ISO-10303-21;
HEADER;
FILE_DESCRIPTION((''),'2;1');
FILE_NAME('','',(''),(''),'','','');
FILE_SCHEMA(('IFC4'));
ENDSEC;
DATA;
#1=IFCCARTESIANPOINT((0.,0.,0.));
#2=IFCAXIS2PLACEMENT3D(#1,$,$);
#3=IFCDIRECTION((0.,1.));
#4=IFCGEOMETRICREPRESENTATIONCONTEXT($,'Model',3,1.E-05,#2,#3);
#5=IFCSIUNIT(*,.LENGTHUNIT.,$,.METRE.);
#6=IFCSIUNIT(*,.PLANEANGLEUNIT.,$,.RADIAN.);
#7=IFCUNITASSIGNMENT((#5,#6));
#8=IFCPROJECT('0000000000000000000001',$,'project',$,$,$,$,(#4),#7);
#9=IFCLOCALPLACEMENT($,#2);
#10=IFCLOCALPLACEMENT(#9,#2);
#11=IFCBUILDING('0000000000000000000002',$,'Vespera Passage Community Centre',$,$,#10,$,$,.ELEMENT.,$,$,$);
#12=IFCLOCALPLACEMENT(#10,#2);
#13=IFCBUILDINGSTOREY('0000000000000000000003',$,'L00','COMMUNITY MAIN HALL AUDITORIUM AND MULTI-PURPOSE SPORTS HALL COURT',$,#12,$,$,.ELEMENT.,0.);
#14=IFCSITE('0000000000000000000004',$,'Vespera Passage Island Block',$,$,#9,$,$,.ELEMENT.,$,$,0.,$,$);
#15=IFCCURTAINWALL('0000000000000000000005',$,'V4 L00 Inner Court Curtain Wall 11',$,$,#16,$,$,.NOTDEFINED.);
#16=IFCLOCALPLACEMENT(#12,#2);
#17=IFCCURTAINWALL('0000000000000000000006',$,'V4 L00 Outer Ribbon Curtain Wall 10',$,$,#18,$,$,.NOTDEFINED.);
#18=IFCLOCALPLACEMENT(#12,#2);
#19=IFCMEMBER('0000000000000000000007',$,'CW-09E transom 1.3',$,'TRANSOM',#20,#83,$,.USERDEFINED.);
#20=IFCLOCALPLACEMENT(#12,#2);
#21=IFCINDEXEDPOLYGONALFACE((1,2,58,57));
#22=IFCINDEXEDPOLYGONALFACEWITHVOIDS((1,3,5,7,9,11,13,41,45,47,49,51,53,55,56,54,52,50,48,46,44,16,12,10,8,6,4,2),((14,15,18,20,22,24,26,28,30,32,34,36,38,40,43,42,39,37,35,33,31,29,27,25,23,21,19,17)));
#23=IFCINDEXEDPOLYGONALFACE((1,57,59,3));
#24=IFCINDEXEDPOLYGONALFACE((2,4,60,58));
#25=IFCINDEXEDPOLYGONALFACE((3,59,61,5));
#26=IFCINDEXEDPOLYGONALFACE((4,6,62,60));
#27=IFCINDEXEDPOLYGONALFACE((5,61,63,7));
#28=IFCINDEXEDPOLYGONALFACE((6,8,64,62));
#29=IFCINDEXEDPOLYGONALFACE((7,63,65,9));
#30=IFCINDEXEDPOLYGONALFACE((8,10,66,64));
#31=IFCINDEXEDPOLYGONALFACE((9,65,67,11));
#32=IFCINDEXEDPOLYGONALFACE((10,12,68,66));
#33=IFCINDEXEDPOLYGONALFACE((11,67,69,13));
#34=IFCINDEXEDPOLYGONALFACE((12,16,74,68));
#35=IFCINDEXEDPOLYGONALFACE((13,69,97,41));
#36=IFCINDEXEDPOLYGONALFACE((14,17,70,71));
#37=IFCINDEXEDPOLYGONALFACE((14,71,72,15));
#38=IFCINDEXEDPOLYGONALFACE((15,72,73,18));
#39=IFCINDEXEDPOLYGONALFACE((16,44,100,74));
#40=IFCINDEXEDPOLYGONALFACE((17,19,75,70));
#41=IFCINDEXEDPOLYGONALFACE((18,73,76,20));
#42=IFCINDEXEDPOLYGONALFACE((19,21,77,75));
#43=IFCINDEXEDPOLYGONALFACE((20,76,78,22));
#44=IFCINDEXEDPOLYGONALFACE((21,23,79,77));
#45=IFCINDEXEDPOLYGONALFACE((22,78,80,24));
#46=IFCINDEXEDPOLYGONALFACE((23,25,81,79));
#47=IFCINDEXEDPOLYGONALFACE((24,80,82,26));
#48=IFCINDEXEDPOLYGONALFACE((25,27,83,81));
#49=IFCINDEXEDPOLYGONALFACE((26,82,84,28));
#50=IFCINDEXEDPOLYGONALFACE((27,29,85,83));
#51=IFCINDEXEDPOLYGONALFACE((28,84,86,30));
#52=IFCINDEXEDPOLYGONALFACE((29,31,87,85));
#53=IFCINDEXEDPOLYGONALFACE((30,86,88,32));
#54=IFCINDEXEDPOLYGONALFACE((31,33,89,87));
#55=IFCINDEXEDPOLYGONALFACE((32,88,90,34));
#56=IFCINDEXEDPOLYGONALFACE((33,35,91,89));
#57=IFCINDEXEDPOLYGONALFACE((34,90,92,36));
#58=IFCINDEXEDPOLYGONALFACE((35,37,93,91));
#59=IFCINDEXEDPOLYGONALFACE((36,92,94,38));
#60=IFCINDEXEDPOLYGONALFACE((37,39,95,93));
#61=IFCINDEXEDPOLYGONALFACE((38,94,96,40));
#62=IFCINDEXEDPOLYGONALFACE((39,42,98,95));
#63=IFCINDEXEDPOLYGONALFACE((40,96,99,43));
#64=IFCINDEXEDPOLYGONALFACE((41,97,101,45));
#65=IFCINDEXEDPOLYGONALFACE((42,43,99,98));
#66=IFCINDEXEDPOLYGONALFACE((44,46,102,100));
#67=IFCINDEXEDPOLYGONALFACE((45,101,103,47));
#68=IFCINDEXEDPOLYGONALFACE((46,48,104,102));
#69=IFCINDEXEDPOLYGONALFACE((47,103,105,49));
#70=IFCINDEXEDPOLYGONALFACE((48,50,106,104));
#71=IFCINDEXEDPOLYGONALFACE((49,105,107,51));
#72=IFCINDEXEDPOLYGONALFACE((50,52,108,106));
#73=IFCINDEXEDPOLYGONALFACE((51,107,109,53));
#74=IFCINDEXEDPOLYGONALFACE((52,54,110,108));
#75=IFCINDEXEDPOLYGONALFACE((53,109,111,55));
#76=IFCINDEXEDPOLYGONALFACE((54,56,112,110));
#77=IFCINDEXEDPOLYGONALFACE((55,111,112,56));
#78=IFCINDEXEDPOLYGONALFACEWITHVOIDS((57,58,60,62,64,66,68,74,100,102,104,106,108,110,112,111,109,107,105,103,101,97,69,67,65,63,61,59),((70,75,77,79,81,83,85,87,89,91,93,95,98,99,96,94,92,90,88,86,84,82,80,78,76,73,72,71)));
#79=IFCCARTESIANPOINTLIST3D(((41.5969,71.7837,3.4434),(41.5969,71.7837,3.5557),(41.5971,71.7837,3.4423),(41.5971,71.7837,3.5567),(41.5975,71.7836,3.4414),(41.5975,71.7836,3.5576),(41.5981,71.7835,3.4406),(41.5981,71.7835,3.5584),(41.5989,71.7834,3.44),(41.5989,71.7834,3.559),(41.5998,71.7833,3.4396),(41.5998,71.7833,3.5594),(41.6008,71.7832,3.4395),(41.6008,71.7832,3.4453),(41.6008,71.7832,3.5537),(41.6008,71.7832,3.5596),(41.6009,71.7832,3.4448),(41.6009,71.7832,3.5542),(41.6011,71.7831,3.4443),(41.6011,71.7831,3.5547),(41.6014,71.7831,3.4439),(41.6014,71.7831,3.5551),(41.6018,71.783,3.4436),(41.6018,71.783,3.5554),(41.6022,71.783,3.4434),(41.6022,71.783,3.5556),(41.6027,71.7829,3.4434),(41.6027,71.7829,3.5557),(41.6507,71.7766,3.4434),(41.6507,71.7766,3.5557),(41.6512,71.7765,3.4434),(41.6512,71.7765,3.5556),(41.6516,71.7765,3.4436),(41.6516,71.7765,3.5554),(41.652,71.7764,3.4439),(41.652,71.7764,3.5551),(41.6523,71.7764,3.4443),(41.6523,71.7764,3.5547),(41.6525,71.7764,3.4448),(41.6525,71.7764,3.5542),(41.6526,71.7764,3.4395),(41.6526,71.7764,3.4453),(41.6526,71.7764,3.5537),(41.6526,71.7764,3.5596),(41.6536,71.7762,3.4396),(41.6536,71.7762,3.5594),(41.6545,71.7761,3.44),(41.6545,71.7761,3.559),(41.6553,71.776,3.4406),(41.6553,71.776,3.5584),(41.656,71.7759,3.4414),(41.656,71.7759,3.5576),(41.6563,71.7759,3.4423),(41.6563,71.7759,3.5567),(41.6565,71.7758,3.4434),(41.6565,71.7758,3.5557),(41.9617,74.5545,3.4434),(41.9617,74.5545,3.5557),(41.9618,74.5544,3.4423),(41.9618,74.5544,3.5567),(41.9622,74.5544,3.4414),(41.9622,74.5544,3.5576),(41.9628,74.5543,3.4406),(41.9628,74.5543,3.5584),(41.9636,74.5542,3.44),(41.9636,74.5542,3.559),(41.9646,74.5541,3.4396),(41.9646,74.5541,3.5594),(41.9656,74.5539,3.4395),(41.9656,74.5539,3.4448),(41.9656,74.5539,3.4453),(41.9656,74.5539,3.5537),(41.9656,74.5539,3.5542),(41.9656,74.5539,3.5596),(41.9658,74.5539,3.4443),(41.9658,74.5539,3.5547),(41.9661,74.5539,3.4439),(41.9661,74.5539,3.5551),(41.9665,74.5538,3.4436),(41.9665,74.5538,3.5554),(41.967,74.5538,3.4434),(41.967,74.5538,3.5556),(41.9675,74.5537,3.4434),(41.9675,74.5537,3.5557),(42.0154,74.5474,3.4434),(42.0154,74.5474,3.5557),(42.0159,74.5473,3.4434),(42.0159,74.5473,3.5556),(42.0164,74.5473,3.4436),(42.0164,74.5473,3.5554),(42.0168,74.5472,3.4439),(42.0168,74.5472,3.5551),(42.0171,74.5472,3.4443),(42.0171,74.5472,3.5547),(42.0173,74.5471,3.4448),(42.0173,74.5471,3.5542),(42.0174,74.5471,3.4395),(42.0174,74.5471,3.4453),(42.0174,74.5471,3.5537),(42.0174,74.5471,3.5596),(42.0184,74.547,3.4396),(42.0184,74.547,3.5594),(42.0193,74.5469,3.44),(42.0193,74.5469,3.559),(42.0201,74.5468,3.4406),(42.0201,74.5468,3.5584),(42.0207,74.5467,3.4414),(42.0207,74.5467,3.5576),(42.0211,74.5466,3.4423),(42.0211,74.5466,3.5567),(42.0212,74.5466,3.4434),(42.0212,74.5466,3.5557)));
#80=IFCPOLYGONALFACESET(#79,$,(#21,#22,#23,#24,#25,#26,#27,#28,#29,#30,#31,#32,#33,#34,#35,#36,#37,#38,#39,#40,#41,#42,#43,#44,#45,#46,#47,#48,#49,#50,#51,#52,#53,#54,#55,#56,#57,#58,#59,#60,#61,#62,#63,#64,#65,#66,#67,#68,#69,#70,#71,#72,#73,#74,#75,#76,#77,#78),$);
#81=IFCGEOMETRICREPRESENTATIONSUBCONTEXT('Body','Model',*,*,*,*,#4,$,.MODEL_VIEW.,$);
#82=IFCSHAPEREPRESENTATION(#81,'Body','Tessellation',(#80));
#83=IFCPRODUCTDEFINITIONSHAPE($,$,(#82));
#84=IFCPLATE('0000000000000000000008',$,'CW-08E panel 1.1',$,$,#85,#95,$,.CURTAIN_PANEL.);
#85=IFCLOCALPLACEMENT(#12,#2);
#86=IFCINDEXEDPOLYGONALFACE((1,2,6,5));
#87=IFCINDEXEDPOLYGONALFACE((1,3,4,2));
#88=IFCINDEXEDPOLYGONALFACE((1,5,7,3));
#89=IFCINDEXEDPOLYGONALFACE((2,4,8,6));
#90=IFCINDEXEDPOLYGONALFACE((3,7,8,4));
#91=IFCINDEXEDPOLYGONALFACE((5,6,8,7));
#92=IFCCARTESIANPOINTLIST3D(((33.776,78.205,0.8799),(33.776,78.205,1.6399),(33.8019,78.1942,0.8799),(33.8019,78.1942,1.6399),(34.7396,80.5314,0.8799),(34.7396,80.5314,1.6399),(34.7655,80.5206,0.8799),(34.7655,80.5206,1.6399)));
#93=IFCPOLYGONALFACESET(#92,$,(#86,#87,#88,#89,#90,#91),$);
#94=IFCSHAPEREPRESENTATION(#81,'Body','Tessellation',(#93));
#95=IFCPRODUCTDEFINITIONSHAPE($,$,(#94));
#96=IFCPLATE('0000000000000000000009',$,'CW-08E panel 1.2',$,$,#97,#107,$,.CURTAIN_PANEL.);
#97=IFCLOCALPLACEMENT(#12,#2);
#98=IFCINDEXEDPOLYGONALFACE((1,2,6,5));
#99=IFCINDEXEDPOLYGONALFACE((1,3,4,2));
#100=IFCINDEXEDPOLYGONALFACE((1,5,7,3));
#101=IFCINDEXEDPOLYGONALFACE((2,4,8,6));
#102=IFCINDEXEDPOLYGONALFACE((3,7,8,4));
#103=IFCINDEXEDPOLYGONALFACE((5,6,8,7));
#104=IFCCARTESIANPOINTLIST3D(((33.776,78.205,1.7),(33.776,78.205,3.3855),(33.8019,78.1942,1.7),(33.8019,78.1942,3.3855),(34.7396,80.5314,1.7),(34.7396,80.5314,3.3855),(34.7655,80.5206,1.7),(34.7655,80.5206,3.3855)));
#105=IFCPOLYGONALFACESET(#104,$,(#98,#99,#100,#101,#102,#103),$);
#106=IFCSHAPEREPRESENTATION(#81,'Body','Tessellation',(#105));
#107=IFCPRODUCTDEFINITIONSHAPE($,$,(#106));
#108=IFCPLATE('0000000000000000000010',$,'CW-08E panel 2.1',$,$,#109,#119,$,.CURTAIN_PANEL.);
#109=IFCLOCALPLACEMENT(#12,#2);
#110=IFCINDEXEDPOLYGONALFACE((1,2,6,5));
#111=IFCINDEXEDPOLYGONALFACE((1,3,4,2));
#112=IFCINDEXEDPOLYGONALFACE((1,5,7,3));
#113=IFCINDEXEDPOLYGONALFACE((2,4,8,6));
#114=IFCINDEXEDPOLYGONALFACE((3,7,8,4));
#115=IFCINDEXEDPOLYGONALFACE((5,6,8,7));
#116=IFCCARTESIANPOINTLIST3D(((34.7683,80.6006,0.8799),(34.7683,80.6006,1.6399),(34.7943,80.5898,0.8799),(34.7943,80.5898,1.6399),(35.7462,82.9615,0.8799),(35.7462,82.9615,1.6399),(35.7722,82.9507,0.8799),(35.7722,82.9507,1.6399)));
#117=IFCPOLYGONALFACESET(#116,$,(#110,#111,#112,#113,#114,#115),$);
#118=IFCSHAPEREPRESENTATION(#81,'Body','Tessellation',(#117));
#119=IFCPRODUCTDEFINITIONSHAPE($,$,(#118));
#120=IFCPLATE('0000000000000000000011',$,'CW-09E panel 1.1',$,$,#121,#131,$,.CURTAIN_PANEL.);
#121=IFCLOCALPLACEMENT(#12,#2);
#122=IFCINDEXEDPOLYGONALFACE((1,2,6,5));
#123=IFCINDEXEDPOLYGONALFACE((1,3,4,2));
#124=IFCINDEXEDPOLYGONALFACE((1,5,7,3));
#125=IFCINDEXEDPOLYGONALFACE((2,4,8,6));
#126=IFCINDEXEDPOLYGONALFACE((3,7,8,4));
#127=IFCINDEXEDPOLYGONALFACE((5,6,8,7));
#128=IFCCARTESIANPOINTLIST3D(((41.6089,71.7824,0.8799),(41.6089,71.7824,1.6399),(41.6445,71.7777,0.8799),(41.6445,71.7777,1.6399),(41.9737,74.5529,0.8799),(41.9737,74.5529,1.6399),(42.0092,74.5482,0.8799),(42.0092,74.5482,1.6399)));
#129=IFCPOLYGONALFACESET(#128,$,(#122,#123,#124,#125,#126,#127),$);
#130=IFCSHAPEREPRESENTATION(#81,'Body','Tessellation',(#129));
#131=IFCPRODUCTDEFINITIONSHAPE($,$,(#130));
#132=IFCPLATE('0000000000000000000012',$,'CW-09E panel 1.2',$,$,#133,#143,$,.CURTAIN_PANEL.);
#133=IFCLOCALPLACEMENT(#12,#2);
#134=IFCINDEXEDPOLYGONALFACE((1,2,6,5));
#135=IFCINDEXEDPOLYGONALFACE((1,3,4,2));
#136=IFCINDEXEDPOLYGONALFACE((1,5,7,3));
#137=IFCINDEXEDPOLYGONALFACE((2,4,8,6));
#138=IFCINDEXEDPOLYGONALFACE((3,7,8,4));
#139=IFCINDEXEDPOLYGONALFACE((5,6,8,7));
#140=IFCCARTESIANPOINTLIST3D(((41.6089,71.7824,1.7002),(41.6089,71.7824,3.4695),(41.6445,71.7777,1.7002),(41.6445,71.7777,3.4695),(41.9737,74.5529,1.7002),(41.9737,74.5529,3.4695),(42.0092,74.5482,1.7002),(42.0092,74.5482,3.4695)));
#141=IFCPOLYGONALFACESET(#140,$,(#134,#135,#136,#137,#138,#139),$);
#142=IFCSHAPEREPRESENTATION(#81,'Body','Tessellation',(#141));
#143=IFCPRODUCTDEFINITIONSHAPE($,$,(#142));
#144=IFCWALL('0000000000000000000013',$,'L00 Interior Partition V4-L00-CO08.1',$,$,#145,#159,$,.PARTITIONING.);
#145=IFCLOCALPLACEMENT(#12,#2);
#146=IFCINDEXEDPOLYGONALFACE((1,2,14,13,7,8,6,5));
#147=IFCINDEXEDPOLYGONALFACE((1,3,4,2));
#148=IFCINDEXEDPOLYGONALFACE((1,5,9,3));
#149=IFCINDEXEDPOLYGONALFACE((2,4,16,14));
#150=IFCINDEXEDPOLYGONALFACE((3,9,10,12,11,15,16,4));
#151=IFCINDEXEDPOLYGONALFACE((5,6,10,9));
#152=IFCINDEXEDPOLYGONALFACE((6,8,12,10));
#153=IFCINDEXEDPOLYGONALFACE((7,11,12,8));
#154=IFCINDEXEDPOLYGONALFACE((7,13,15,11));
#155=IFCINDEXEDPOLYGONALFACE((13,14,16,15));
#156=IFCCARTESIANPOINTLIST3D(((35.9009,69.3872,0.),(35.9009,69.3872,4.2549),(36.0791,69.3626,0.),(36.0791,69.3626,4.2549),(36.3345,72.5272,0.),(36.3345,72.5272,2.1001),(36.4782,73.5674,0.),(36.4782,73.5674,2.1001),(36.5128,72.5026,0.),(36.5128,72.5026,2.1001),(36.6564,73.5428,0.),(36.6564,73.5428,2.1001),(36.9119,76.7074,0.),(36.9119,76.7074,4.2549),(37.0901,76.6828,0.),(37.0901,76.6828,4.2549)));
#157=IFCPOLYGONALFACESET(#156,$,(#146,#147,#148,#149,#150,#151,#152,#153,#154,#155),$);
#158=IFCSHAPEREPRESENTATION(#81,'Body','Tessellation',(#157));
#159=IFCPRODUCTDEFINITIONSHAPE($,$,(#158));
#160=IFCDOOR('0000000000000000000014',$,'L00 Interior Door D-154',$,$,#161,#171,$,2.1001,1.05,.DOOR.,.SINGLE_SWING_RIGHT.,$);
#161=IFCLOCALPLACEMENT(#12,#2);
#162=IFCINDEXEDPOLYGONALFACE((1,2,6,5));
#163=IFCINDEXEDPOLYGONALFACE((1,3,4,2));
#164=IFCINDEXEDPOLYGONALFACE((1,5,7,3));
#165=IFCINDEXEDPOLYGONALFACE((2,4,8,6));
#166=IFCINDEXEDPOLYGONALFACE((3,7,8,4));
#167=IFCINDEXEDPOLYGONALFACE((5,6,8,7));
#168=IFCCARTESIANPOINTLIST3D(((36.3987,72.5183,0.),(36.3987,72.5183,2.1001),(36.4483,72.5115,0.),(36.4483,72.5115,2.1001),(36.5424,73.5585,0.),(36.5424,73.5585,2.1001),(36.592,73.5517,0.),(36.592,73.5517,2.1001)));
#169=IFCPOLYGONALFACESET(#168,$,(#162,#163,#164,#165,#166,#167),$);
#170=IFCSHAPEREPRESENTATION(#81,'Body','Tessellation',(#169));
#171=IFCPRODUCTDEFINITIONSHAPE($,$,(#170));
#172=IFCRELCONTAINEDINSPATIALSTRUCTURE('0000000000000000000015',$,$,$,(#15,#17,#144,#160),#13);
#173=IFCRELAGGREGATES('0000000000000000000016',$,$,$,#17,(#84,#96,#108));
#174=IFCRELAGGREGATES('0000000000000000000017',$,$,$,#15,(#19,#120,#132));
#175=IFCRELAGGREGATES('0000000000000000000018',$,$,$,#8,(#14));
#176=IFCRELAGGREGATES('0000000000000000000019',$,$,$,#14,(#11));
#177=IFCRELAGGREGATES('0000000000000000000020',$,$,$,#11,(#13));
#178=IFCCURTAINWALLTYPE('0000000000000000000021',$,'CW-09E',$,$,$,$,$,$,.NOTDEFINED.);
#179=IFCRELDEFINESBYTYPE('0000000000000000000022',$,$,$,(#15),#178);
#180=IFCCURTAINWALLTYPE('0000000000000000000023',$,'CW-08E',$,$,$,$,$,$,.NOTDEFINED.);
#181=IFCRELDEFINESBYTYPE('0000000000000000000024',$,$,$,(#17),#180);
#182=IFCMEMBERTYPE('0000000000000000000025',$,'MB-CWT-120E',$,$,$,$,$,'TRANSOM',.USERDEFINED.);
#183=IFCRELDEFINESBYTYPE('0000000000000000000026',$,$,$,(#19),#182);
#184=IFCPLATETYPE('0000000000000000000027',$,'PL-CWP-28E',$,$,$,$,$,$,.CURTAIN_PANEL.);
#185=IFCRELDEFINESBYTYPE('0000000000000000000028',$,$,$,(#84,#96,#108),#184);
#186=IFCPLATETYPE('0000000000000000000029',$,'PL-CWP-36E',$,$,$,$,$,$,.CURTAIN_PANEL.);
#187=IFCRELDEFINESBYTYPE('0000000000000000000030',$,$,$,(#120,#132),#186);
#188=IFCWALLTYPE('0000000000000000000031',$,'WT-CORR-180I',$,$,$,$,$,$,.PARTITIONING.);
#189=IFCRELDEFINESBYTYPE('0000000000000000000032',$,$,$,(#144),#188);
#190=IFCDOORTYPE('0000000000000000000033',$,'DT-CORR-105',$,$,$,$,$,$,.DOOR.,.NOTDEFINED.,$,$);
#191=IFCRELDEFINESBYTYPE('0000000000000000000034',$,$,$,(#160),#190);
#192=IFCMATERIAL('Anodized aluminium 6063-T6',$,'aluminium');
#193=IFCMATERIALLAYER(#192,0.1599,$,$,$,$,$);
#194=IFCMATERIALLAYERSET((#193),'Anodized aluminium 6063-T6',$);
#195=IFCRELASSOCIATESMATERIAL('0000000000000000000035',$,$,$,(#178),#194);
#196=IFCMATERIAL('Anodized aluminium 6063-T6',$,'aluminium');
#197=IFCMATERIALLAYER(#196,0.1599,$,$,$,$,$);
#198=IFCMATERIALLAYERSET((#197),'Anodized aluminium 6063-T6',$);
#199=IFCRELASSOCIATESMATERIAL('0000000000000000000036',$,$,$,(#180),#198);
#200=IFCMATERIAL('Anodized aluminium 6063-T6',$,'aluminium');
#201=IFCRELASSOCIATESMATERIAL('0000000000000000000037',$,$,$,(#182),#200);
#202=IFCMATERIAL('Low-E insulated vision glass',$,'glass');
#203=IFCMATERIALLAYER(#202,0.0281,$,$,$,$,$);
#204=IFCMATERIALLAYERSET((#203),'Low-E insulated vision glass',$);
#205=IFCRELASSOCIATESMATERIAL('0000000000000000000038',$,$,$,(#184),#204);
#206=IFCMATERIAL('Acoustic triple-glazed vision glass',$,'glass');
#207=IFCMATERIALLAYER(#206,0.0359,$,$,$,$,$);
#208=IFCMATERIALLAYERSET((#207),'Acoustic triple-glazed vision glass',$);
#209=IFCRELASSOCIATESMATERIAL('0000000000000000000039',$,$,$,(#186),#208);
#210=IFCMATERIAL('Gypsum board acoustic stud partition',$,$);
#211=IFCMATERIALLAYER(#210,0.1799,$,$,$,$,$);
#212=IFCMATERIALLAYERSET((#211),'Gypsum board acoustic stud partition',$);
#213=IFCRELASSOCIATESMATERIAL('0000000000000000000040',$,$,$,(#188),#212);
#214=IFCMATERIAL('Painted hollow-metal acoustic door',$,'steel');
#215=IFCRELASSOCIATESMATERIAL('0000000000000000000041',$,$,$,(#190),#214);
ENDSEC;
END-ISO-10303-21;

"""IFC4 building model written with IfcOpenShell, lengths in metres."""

from ifc_helpers import new_model, si_unit, direction, frame, frame_2d, origin, origin_2d, place, context, subcontext, project, spatial, rectangle, hollow_rectangle, extrude, material, layer, layer_set, material_profile, profile_set, type_object, element, fill, aggregate, save


model = new_model("IFC4")

# Units and contexts
model_context = context("Model", 3, precision=1e-05, world=origin(), true_north=direction((0.0, 1.0)))
body_context = subcontext(model_context, "Body", "Model", "MODEL_VIEW")
ifc_project = project(units=[si_unit("LENGTHUNIT", "METRE"), si_unit("PLANEANGLEUNIT", "RADIAN")], contexts=[model_context])

# Site, building, storey
site_placement = place(None, origin())
site = spatial("IfcSite", under=ifc_project, at=site_placement, Name="Vespera Passage Island Block", CompositionType="ELEMENT", RefElevation=0.0)
building_placement = place(site_placement, origin())
building = spatial("IfcBuilding", under=site, at=building_placement, Name="Vespera Passage Community Centre", CompositionType="ELEMENT")
storey_placement = place(building_placement, origin())
storey = spatial("IfcBuildingStorey", under=building, at=storey_placement, Name="L00", Description="COMMUNITY MAIN HALL AUDITORIUM AND MULTI-PURPOSE SPORTS HALL COURT", CompositionType="ELEMENT", Elevation=0.0)

# Curtain walls
ifc_material_1 = material(Name="Anodized aluminium 6063-T6", Category="aluminium")
ifc_layer_1 = layer(ifc_material_1, 0.1599)
ifc_layer_set_1 = layer_set([ifc_layer_1], Name="Anodized aluminium 6063-T6")
curtain_wall_type_1 = type_object("IfcCurtainWallType", Name="CW-09E", PredefinedType="NOTDEFINED", material=ifc_layer_set_1)
curtain_wall_1_placement = place(storey_placement, origin())
curtain_wall_1 = element("IfcCurtainWall", 1, at=curtain_wall_1_placement, inside=storey, type_object=curtain_wall_type_1, Name="V4 L00 Inner Court Curtain Wall 11", PredefinedType="NOTDEFINED")
ifc_material_2 = material(Name="Anodized aluminium 6063-T6", Category="aluminium")
ifc_layer_2 = layer(ifc_material_2, 0.1599)
ifc_layer_set_2 = layer_set([ifc_layer_2], Name="Anodized aluminium 6063-T6")
curtain_wall_type_2 = type_object("IfcCurtainWallType", Name="CW-08E", PredefinedType="NOTDEFINED", material=ifc_layer_set_2)
curtain_wall_2_placement = place(storey_placement, origin())
curtain_wall_2 = element("IfcCurtainWall", 2, at=curtain_wall_2_placement, inside=storey, type_object=curtain_wall_type_2, Name="V4 L00 Outer Ribbon Curtain Wall 10", PredefinedType="NOTDEFINED")
ifc_material_3 = material(Name="Anodized aluminium 6063-T6", Category="aluminium")
ifc_material_profile_1 = material_profile(ifc_material_3, hollow_rectangle(XDim=0.0601, YDim=0.1201, WallThickness=0.0039, InnerFilletRadius=0.002, OuterFilletRadius=0.0039, at=origin_2d()), Name="ALU120X60X4")
ifc_profile_set_1 = profile_set([ifc_material_profile_1], Name="Anodized aluminium 6063-T6")
member_type_1 = type_object("IfcMemberType", Name="MB-CWT-120E", ElementType="TRANSOM", PredefinedType="USERDEFINED", material=ifc_profile_set_1)

# Member
member_1_placement = place(storey_placement, frame((41.9915, 74.5505, 3.4995), z_axis=(-0.130516, -0.991446, 0.0), x_axis=(0.991446, -0.130516, 0.0)))
member_1 = element("IfcMember", 3, at=member_1_placement, type_object=member_type_1, Name="CW-09E transom 1.3", ObjectType="TRANSOM", PredefinedType="USERDEFINED", context=body_context, shape_type="SweptSolid", body=[
    extrude(hollow_rectangle(XDim=0.0601, YDim=0.1201, WallThickness=0.0039, InnerFilletRadius=0.002, OuterFilletRadius=0.0039, at=origin_2d()), origin(), (0.0, 0.0, 1.0), 2.7947),
])

# Plates
ifc_material_4 = material(Name="Low-E insulated vision glass", Category="glass")
ifc_layer_3 = layer(ifc_material_4, 0.0281)
ifc_layer_set_3 = layer_set([ifc_layer_3], Name="Low-E insulated vision glass")
plate_type_1 = type_object("IfcPlateType", Name="PL-CWP-28E", PredefinedType="CURTAIN_PANEL", material=ifc_layer_set_3)
plate_1_placement = place(storey_placement, frame((34.2708, 79.3628, 0.8799), z_axis=(0.0, 0.0, 1.0), x_axis=(0.382679, 0.923881, 0.0)))
plate_1 = element("IfcPlate", 4, at=plate_1_placement, type_object=plate_type_1, Name="CW-08E panel 1.1", PredefinedType="CURTAIN_PANEL", context=body_context, shape_type="SweptSolid", body=[
    extrude(rectangle(XDim=2.5181, YDim=0.0281, at=origin_2d()), origin(), (0.0, 0.0, 1.0), 0.76),
])
plate_2_placement = place(storey_placement, frame((34.2708, 79.3628, 1.7), z_axis=(0.0, 0.0, 1.0), x_axis=(0.382679, 0.923881, 0.0)))
plate_2 = element("IfcPlate", 5, at=plate_2_placement, type_object=plate_type_1, Name="CW-08E panel 1.2", PredefinedType="CURTAIN_PANEL", context=body_context, shape_type="SweptSolid", body=[
    extrude(rectangle(XDim=2.5181, YDim=0.0281, at=origin_2d()), origin(), (0.0, 0.0, 1.0), 1.6855),
])
plate_3_placement = place(storey_placement, frame((35.2703, 81.7756, 0.8799), z_axis=(0.0, 0.0, 1.0), x_axis=(0.382679, 0.923881, 0.0)))
plate_3 = element("IfcPlate", 6, at=plate_3_placement, type_object=plate_type_1, Name="CW-08E panel 2.1", PredefinedType="CURTAIN_PANEL", context=body_context, shape_type="SweptSolid", body=[
    extrude(rectangle(XDim=2.5554, YDim=0.0281, at=origin_2d()), origin(), (0.0, 0.0, 1.0), 0.76),
])
aggregate(curtain_wall_2, [plate_1, plate_2, plate_3])
ifc_material_5 = material(Name="Acoustic triple-glazed vision glass", Category="glass")
ifc_layer_4 = layer(ifc_material_5, 0.0359)
ifc_layer_set_4 = layer_set([ifc_layer_4], Name="Acoustic triple-glazed vision glass")
plate_type_2 = type_object("IfcPlateType", Name="PL-CWP-36E", PredefinedType="CURTAIN_PANEL", material=ifc_layer_set_4)
plate_4_placement = place(storey_placement, frame((41.8091, 73.1653, 0.8799), z_axis=(0.0, 0.0, 1.0), x_axis=(-0.130522, -0.991445, 0.0)))
plate_4 = element("IfcPlate", 7, at=plate_4_placement, type_object=plate_type_2, Name="CW-09E panel 1.1", PredefinedType="CURTAIN_PANEL", context=body_context, shape_type="SweptSolid", body=[
    extrude(rectangle(XDim=2.7944, YDim=0.0359, at=origin_2d()), origin(), (0.0, 0.0, 1.0), 0.76),
])
plate_5_placement = place(storey_placement, frame((41.8091, 73.1653, 1.7002), z_axis=(0.0, 0.0, 1.0), x_axis=(-0.130522, -0.991445, 0.0)))
plate_5 = element("IfcPlate", 8, at=plate_5_placement, type_object=plate_type_2, Name="CW-09E panel 1.2", PredefinedType="CURTAIN_PANEL", context=body_context, shape_type="SweptSolid", body=[
    extrude(rectangle(XDim=2.7944, YDim=0.0359, at=origin_2d()), origin(), (0.0, 0.0, 1.0), 1.7693),
])
aggregate(curtain_wall_1, [member_1, plate_4, plate_5])

# Wall, opening, door
ifc_material_6 = material(Name="Gypsum board acoustic stud partition")
ifc_layer_5 = layer(ifc_material_6, 0.1799)
ifc_layer_set_5 = layer_set([ifc_layer_5], Name="Gypsum board acoustic stud partition")
wall_type_1 = type_object("IfcWallType", Name="WT-CORR-180I", PredefinedType="PARTITIONING", material=ifc_layer_set_5)
wall_1_placement = place(storey_placement, frame((37.001, 76.6951, 0.0), z_axis=(0.0, 0.0, 1.0), x_axis=(-0.136813, -0.990597, 0.0)))
wall_1 = element("IfcWall", 9, at=wall_1_placement, inside=storey, type_object=wall_type_1, Name="L00 Interior Partition V4-L00-CO08.1", PredefinedType="PARTITIONING", context=body_context, shape_type="SweptSolid", body=[
    extrude(rectangle(XDim=7.3896, YDim=0.1799, at=frame_2d((3.6948, 0.0))), origin(), (0.0, 0.0, 1.0), 4.2549),
])
opening_1_placement = place(wall_1_placement, frame((3.1699, 0.0, 0.0)))
opening_1 = element("IfcOpeningElement", 10, at=opening_1_placement, cuts=wall_1, PredefinedType="OPENING", context=body_context, shape_type="SweptSolid", body=[
    extrude(rectangle(XDim=1.05, YDim=2.1001, at=frame_2d((0.5249, 1.05))), frame((0.0, 0.0999, 0.0), z_axis=(0.0, -1.0, 0.0), x_axis=(1.0, 0.0, 0.0)), (0.0, 0.0, 1.0), 0.2),
])
ifc_material_7 = material(Name="Painted hollow-metal acoustic door", Category="steel")
door_type_1 = type_object("IfcDoorType", Name="DT-CORR-105", OperationType="NOTDEFINED", PredefinedType="DOOR", material=ifc_material_7)
door_1_placement = place(opening_1_placement, origin())
door_1 = element("IfcDoor", 11, at=door_1_placement, inside=storey, type_object=door_type_1, Name="L00 Interior Door D-154", OperationType="SINGLE_SWING_RIGHT", OverallHeight=2.1001, OverallWidth=1.05, PredefinedType="DOOR", context=body_context, shape_type="SweptSolid", body=[
    extrude(rectangle(XDim=1.05, YDim=2.1001, at=frame_2d((0.5249, 1.05))), frame((0.0, 0.0249, 0.0), z_axis=(0.0, -1.0, 0.0), x_axis=(1.0, 0.0, 0.0)), (0.0, 0.0, 1.0), 0.05),
])
fill(opening_1, door_1)

save(model, "model.ifc")
